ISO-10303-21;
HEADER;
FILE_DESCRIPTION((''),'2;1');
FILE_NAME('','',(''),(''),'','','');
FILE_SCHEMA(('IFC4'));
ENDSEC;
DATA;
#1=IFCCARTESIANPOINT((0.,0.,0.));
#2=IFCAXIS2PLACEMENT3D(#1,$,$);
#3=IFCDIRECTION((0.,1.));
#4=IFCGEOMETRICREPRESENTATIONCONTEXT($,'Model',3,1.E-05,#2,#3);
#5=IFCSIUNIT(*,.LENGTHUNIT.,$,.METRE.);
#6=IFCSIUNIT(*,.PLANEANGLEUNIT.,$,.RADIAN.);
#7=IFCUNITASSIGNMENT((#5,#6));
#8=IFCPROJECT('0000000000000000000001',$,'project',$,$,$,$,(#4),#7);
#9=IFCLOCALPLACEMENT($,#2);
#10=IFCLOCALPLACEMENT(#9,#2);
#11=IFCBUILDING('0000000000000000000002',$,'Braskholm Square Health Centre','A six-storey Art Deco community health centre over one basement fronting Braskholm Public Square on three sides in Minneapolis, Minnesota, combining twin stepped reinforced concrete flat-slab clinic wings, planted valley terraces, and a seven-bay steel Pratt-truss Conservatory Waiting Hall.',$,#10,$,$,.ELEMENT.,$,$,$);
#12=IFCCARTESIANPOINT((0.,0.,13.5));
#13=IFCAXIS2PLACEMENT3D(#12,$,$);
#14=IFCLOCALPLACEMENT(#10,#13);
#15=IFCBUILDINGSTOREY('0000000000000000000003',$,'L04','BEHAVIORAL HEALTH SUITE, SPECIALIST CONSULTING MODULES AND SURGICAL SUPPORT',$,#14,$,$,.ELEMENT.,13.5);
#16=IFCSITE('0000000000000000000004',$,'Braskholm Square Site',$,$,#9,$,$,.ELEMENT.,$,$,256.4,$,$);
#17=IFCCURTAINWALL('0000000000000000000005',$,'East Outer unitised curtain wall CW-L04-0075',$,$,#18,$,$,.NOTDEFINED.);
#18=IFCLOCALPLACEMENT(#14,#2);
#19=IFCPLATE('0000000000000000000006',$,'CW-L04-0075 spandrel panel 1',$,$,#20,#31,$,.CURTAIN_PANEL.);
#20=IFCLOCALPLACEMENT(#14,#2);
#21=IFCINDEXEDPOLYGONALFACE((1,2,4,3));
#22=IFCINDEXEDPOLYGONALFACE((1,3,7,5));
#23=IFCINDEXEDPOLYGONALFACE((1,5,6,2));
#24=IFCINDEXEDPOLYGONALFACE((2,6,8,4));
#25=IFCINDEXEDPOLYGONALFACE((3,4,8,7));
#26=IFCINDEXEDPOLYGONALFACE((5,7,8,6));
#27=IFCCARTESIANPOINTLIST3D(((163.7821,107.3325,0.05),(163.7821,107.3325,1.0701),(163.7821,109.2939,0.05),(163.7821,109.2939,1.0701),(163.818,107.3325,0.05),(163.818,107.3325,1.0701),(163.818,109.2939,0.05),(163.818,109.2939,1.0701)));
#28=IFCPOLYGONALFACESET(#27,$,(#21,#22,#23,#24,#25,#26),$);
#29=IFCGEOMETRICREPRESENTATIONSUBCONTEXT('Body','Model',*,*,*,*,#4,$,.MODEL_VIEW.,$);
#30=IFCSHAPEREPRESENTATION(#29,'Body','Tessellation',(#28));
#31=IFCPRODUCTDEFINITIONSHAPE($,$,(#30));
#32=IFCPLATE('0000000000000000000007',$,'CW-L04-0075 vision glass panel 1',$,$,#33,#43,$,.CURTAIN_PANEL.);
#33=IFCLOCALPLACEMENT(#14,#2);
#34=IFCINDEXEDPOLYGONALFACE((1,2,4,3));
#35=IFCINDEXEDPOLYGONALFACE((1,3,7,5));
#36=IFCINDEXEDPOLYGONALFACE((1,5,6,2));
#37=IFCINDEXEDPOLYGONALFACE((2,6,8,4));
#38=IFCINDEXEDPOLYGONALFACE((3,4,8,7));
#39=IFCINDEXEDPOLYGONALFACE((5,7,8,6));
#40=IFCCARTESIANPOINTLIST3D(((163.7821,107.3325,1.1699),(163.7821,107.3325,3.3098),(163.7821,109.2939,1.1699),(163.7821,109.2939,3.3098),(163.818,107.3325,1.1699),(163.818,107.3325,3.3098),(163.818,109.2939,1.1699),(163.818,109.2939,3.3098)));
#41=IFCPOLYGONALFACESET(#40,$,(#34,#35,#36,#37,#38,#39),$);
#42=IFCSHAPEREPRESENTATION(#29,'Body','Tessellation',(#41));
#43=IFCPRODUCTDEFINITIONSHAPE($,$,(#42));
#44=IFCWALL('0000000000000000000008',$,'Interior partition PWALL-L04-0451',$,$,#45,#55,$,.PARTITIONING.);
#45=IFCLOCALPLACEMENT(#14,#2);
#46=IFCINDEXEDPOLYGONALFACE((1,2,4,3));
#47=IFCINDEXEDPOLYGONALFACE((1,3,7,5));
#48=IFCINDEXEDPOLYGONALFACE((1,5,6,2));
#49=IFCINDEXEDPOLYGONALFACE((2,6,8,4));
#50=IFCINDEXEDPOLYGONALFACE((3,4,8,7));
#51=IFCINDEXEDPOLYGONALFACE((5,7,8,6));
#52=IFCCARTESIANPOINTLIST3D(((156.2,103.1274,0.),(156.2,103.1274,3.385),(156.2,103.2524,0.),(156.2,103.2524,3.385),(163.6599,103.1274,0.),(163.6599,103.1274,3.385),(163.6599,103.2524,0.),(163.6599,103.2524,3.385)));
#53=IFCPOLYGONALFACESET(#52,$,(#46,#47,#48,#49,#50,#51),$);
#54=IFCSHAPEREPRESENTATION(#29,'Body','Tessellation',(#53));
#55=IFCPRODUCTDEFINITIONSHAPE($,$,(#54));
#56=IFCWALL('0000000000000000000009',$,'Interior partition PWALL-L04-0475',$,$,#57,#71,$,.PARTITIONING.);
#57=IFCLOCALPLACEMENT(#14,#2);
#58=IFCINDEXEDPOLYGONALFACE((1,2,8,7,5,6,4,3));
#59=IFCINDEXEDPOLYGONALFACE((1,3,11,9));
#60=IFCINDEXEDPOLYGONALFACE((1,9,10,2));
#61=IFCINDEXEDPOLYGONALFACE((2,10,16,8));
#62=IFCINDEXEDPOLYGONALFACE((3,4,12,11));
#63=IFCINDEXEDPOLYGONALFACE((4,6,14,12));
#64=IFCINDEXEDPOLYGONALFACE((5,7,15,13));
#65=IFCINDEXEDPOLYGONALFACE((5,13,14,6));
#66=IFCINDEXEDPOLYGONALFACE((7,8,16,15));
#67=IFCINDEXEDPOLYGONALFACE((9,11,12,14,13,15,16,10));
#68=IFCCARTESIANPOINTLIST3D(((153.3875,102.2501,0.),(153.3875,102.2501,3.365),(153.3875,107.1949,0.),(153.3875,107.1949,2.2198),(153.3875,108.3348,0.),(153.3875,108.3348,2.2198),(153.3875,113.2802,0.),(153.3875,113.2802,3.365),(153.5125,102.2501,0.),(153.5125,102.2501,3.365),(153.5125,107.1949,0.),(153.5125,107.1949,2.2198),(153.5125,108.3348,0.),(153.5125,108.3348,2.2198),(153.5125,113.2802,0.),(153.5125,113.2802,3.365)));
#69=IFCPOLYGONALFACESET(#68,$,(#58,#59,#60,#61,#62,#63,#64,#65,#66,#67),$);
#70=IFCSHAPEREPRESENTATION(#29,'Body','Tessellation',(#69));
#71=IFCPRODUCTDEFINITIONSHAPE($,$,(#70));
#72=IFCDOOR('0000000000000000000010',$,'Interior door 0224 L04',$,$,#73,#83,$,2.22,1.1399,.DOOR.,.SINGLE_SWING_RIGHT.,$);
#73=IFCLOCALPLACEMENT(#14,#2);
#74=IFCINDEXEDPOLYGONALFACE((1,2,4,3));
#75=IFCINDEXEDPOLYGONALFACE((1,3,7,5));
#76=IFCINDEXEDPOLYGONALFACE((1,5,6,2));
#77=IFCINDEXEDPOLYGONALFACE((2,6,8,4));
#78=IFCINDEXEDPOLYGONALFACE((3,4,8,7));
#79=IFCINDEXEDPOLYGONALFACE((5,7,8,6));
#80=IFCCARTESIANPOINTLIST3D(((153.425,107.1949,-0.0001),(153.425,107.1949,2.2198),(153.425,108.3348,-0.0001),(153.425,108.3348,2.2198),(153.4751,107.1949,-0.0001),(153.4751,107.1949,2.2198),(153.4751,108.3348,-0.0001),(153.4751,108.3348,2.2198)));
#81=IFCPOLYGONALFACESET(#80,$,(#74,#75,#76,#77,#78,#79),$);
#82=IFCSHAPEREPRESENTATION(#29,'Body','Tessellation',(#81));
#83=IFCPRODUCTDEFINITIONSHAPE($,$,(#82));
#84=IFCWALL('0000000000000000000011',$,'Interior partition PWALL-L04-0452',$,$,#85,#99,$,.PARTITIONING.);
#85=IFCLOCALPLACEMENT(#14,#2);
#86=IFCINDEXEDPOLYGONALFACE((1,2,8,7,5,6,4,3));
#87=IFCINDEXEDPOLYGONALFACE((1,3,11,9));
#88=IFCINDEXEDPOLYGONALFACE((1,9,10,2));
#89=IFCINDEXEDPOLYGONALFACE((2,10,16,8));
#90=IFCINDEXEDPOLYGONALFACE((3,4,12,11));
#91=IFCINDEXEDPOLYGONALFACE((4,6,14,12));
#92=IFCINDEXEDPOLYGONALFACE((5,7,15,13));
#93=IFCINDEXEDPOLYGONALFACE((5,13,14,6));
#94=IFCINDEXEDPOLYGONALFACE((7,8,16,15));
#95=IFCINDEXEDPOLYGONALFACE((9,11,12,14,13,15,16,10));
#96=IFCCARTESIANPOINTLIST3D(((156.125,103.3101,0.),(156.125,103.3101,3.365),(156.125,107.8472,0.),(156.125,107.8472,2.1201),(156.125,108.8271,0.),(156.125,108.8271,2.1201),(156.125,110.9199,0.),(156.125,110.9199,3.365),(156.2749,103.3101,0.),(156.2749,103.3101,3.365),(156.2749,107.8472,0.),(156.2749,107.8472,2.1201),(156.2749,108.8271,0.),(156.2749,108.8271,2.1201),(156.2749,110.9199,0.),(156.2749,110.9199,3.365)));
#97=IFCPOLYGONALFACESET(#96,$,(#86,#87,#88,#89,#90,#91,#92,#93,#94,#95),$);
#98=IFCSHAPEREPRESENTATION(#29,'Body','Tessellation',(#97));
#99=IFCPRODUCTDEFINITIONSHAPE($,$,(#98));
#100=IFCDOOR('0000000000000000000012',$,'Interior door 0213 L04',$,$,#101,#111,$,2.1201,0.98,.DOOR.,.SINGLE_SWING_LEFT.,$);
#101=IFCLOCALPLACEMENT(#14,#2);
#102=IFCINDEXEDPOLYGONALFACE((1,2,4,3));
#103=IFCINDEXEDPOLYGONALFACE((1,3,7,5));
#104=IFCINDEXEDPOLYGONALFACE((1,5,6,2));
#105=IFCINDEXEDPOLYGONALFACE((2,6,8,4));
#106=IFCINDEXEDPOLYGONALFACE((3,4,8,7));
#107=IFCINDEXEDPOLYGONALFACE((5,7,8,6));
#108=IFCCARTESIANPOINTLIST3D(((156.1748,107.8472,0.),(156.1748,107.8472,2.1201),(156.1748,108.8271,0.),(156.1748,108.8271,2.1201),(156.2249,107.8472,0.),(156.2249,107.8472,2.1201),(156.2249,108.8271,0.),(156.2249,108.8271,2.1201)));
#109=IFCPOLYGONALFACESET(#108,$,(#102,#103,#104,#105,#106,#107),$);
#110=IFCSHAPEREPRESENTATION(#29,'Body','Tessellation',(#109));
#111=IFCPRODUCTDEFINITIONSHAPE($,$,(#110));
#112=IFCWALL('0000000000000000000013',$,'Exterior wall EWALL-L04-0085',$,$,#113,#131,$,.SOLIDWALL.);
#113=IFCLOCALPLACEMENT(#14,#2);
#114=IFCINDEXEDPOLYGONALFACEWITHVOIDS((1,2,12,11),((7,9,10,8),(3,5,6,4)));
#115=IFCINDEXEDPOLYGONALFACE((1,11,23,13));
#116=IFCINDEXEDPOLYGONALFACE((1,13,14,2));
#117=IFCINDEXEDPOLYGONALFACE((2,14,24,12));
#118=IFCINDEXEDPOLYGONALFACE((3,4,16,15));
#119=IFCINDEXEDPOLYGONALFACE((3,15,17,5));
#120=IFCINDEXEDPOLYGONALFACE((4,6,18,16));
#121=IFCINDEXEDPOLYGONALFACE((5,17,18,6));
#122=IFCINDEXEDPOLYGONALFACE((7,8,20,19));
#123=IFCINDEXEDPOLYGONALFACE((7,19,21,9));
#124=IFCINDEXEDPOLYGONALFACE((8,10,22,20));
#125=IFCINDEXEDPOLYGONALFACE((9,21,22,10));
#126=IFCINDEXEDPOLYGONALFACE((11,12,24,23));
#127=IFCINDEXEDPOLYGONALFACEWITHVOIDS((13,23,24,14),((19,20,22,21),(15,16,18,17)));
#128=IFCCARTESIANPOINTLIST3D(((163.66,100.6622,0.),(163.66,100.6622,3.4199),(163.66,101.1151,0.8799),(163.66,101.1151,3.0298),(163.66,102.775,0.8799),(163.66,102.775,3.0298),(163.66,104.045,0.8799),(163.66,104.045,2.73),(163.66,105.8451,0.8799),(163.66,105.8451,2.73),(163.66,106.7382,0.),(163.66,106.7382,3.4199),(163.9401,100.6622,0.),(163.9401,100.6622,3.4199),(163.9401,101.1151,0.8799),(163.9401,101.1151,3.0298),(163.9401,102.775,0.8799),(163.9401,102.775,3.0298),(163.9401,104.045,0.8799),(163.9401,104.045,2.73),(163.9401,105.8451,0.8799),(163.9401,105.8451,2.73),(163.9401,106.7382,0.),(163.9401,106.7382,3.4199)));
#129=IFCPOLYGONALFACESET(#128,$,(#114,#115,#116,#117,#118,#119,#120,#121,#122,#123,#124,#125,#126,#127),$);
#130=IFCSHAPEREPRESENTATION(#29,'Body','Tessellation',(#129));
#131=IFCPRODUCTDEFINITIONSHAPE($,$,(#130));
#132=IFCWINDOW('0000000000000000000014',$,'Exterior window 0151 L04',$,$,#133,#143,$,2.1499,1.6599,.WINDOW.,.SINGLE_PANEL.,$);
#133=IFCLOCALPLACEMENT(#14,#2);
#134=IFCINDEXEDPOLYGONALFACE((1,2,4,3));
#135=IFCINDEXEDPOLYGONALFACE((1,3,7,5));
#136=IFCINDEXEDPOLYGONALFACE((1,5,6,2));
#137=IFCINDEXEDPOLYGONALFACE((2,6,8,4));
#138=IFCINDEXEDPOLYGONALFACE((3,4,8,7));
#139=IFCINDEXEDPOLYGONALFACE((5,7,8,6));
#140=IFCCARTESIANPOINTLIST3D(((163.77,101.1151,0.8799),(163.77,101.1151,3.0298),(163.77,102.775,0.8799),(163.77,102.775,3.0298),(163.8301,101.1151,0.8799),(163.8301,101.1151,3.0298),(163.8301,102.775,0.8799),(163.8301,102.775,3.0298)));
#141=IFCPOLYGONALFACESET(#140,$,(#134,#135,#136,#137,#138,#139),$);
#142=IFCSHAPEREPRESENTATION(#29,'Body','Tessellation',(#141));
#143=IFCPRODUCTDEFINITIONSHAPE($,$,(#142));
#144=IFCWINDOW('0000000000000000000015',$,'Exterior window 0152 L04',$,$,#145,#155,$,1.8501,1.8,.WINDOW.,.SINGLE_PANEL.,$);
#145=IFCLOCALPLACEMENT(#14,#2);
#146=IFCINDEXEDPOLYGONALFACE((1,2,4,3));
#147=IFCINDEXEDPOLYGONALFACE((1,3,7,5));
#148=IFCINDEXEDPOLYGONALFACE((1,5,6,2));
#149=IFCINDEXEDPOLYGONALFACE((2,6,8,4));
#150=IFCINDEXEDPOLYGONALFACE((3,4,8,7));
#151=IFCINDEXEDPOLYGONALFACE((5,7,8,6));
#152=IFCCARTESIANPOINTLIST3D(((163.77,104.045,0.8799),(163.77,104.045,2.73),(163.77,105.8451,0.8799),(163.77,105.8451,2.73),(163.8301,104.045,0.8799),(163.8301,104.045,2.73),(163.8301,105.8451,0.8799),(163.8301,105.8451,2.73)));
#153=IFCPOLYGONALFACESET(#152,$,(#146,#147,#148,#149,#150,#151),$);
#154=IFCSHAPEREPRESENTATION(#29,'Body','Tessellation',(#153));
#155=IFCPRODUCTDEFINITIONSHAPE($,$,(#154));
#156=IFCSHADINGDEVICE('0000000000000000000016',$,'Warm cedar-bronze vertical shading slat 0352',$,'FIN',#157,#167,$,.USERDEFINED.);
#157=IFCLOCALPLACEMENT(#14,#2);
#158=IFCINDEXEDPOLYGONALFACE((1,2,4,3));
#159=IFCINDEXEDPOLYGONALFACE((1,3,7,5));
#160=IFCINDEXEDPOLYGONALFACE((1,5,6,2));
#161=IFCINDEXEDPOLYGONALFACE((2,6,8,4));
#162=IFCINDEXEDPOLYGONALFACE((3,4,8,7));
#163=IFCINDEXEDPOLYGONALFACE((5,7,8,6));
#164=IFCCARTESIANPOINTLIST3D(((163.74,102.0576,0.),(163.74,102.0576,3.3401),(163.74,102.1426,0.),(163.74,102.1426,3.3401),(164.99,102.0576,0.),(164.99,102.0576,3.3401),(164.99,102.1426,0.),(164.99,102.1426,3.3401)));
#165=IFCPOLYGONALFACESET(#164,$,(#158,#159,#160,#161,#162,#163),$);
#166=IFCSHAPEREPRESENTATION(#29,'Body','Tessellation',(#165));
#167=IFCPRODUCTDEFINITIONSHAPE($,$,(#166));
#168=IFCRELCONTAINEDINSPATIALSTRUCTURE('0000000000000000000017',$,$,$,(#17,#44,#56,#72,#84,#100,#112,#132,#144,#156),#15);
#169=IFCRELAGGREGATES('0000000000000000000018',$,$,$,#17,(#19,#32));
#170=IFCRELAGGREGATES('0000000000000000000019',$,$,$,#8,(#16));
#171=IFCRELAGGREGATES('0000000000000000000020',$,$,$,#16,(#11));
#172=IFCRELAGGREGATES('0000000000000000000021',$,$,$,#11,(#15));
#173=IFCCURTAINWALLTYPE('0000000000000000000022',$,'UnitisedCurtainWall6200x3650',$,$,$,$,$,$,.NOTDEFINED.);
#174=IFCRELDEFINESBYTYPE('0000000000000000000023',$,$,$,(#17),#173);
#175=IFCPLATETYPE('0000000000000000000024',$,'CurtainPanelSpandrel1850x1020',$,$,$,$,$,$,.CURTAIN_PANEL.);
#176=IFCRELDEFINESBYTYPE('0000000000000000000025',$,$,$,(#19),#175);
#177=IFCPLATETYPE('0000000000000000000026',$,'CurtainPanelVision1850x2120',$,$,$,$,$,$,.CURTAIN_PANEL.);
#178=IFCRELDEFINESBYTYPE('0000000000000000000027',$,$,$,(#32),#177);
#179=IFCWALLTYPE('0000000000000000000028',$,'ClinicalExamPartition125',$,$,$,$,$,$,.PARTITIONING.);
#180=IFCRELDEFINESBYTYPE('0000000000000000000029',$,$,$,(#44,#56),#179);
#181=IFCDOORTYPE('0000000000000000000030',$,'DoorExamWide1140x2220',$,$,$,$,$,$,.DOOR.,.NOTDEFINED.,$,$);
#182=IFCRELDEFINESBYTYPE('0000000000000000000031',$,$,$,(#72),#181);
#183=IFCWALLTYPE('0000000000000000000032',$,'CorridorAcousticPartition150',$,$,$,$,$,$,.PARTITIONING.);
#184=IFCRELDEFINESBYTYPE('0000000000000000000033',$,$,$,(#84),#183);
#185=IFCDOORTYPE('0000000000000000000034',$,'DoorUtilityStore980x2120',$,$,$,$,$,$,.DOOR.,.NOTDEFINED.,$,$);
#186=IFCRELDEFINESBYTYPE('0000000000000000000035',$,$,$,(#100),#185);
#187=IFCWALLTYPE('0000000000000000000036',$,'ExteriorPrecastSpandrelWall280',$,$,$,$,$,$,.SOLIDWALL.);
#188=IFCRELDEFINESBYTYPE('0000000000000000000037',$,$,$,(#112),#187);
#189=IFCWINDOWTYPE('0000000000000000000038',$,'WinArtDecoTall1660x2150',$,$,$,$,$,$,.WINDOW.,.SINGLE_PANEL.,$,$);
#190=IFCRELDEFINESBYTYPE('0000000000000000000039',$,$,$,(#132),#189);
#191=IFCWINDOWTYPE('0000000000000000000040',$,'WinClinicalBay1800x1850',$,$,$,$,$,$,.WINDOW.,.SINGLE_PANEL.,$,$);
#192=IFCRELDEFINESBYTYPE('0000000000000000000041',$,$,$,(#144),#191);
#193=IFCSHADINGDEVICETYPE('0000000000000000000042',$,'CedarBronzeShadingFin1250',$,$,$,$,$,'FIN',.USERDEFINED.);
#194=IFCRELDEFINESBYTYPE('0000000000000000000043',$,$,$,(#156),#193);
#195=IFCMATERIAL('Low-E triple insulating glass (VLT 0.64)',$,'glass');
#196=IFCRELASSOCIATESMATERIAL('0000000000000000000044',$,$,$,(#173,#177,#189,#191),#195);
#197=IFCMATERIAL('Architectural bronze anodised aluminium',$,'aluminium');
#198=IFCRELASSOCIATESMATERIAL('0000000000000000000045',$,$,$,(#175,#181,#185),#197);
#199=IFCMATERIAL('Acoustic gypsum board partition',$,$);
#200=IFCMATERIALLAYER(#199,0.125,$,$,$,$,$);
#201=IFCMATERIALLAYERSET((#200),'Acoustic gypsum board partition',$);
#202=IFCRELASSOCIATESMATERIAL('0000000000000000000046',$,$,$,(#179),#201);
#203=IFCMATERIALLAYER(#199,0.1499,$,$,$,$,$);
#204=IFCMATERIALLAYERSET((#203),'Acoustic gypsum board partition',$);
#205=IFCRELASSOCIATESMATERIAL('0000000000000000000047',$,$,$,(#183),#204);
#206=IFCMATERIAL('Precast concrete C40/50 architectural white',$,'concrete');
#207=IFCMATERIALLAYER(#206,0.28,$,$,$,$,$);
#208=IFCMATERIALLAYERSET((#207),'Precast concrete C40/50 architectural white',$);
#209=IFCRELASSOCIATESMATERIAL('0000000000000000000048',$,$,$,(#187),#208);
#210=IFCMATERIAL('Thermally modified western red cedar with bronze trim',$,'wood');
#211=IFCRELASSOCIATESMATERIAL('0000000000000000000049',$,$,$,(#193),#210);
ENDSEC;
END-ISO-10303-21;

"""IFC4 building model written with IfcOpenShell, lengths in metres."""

from ifc_helpers import new_model, si_unit, direction, frame, frame_2d, origin, origin_with_axes, origin_2d, place, context, subcontext, project, spatial, rectangle, extrude, material, layer, layer_set, type_object, element, fill, aggregate, save


model = new_model("IFC4")

# Units and contexts
model_context = context("Model", 3, precision=1e-05, world=origin(), true_north=direction((0.0, 1.0)))
body_context = subcontext(model_context, "Body", "Model", "MODEL_VIEW")
ifc_project = project(units=[si_unit("LENGTHUNIT", "METRE"), si_unit("PLANEANGLEUNIT", "RADIAN")], contexts=[model_context])

# Site, building, storey
site_placement = place(None, origin())
site = spatial("IfcSite", under=ifc_project, at=site_placement, Name="Braskholm Square Site", CompositionType="ELEMENT", RefElevation=256.4)
building_placement = place(site_placement, origin())
building = spatial("IfcBuilding", under=site, at=building_placement, Name="Braskholm Square Health Centre", Description="A six-storey Art Deco community health centre over one basement fronting Braskholm Public Square on three sides in Minneapolis, Minnesota, combining twin stepped reinforced concrete flat-slab clinic wings, planted valley terraces, and a seven-bay steel Pratt-truss Conservatory Waiting Hall.", CompositionType="ELEMENT")
storey_placement = place(building_placement, frame((0.0, 0.0, 13.5)))
storey = spatial("IfcBuildingStorey", under=building, at=storey_placement, Name="L04", Description="BEHAVIORAL HEALTH SUITE, SPECIALIST CONSULTING MODULES AND SURGICAL SUPPORT", CompositionType="ELEMENT", Elevation=13.5)

# Shared definitions
ifc_material_1 = material(Name="Precast concrete C40/50 architectural white", Category="concrete")

# Shared definitions
ifc_material_2 = material(Name="Low-E triple insulating glass (VLT 0.64)", Category="glass")
curtain_wall_type = type_object("IfcCurtainWallType", Name="UnitisedCurtainWall6200x3650", PredefinedType="NOTDEFINED", material=ifc_material_2)
ifc_material_3 = material(Name="Architectural bronze anodised aluminium", Category="aluminium")

# Curtain wall
curtain_wall_1_placement = place(storey_placement, origin())
curtain_wall_1 = element("IfcCurtainWall", 1, at=curtain_wall_1_placement, inside=storey, type_object=curtain_wall_type, Name="East Outer unitised curtain wall CW-L04-0075", PredefinedType="NOTDEFINED")

# Plates
plate_type_1 = type_object("IfcPlateType", Name="CurtainPanelSpandrel1850x1020", PredefinedType="CURTAIN_PANEL", material=ifc_material_3)
plate_1_placement = place(storey_placement, frame((163.8, 108.3132, 0.05), z_axis=(0.0, 0.0, 1.0), x_axis=(0.0, 1.0, 0.0)))
plate_1 = element("IfcPlate", 2, at=plate_1_placement, type_object=plate_type_1, Name="CW-L04-0075 spandrel panel 1", PredefinedType="CURTAIN_PANEL", context=body_context, shape_type="SweptSolid", body=[
    extrude(rectangle(XDim=1.9614, YDim=0.0359, at=origin_2d()), origin(), (0.0, 0.0, 1.0), 1.02),
])
plate_type_2 = type_object("IfcPlateType", Name="CurtainPanelVision1850x2120", PredefinedType="CURTAIN_PANEL", material=ifc_material_2)
plate_2_placement = place(storey_placement, frame((163.8, 108.3132, 1.1699), z_axis=(0.0, 0.0, 1.0), x_axis=(0.0, 1.0, 0.0)))
plate_2 = element("IfcPlate", 3, at=plate_2_placement, type_object=plate_type_2, Name="CW-L04-0075 vision glass panel 1", PredefinedType="CURTAIN_PANEL", context=body_context, shape_type="SweptSolid", body=[
    extrude(rectangle(XDim=1.9614, YDim=0.0359, at=origin_2d()), origin(), (0.0, 0.0, 1.0), 2.1399),
])
aggregate(curtain_wall_1, [plate_1, plate_2])

# Wall
ifc_material_4 = material(Name="Acoustic gypsum board partition")
ifc_layer_1 = layer(ifc_material_4, 0.125)
ifc_layer_set_1 = layer_set([ifc_layer_1], Name="Acoustic gypsum board partition")
wall_type_1 = type_object("IfcWallType", Name="ClinicalExamPartition125", PredefinedType="PARTITIONING", material=ifc_layer_set_1)
wall_1_placement = place(storey_placement, frame((156.2, 103.1899, 0.0), z_axis=(0.0, 0.0, 1.0), x_axis=(1.0, 0.0, 0.0)))
element("IfcWall", 4, at=wall_1_placement, inside=storey, type_object=wall_type_1, Name="Interior partition PWALL-L04-0451", PredefinedType="PARTITIONING", context=body_context, shape_type="SweptSolid", body=[
    extrude(rectangle(XDim=7.46, YDim=0.125, at=frame_2d((3.73, 0.0))), origin(), (0.0, 0.0, 1.0), 3.385),
])

# Walls, openings, doors
wall_2_placement = place(storey_placement, frame((153.45, 102.25, 0.0), z_axis=(0.0, 0.0, 1.0), x_axis=(0.0, 1.0, 0.0)))
wall_2 = element("IfcWall", 5, at=wall_2_placement, inside=storey, type_object=wall_type_1, Name="Interior partition PWALL-L04-0475", PredefinedType="PARTITIONING", context=body_context, shape_type="SweptSolid", body=[
    extrude(rectangle(XDim=11.03, YDim=0.125, at=frame_2d((5.5151, 0.0))), origin(), (0.0, 0.0, 1.0), 3.365),
])
opening_1_placement = place(wall_2_placement, frame((4.9451, 0.0, 0.0)))
opening_1 = element("IfcOpeningElement", 6, at=opening_1_placement, cuts=wall_2, PredefinedType="OPENING", context=body_context, shape_type="SweptSolid", body=[
    extrude(rectangle(XDim=1.1399, YDim=2.22, at=frame_2d((0.5698, 1.1099))), frame((0.0, 0.0725, 0.0), z_axis=(0.0, -1.0, 0.0), x_axis=(1.0, 0.0, 0.0)), (0.0, 0.0, 1.0), 0.145),
])
door_type_1 = type_object("IfcDoorType", Name="DoorExamWide1140x2220", OperationType="NOTDEFINED", PredefinedType="DOOR", material=ifc_material_3)
door_1_placement = place(opening_1_placement, origin_with_axes())
door_1 = element("IfcDoor", 7, at=door_1_placement, inside=storey, type_object=door_type_1, Name="Interior door 0224 L04", OperationType="SINGLE_SWING_RIGHT", OverallHeight=2.22, OverallWidth=1.1399, PredefinedType="DOOR", context=body_context, shape_type="SweptSolid", body=[
    extrude(rectangle(XDim=1.1399, YDim=2.22, at=frame_2d((0.5698, 1.1099))), frame((0.0, 0.0249, 0.0), z_axis=(0.0, -1.0, 0.0), x_axis=(1.0, 0.0, 0.0)), (0.0, 0.0, 1.0), 0.05),
])
fill(opening_1, door_1)
ifc_layer_2 = layer(ifc_material_4, 0.1499)
ifc_layer_set_2 = layer_set([ifc_layer_2], Name="Acoustic gypsum board partition")
wall_type_2 = type_object("IfcWallType", Name="CorridorAcousticPartition150", PredefinedType="PARTITIONING", material=ifc_layer_set_2)
wall_3_placement = place(storey_placement, frame((156.2, 103.3101, 0.0), z_axis=(0.0, 0.0, 1.0), x_axis=(0.0, 1.0, 0.0)))
wall_3 = element("IfcWall", 8, at=wall_3_placement, inside=storey, type_object=wall_type_2, Name="Interior partition PWALL-L04-0452", PredefinedType="PARTITIONING", context=body_context, shape_type="SweptSolid", body=[
    extrude(rectangle(XDim=7.6099, YDim=0.1499, at=frame_2d((3.8049, 0.0))), origin(), (0.0, 0.0, 1.0), 3.365),
])
opening_2_placement = place(wall_3_placement, frame((4.5371, 0.0, 0.0)))
opening_2 = element("IfcOpeningElement", 9, at=opening_2_placement, cuts=wall_3, PredefinedType="OPENING", context=body_context, shape_type="SweptSolid", body=[
    extrude(rectangle(XDim=0.98, YDim=2.1201, at=frame_2d((0.49, 1.0601))), frame((0.0, 0.085, 0.0), z_axis=(0.0, -1.0, 0.0), x_axis=(1.0, 0.0, 0.0)), (0.0, 0.0, 1.0), 0.1699),
])
door_type_2 = type_object("IfcDoorType", Name="DoorUtilityStore980x2120", OperationType="NOTDEFINED", PredefinedType="DOOR", material=ifc_material_3)
door_2_placement = place(opening_2_placement, frame((0.98, 0.0, 0.0), z_axis=(0.0, 0.0, 1.0), x_axis=(-1.0, 0.0, 0.0)))
door_2 = element("IfcDoor", 10, at=door_2_placement, inside=storey, type_object=door_type_2, Name="Interior door 0213 L04", OperationType="SINGLE_SWING_LEFT", OverallHeight=2.1201, OverallWidth=0.98, PredefinedType="DOOR", context=body_context, shape_type="SweptSolid", body=[
    extrude(rectangle(XDim=0.98, YDim=2.1201, at=frame_2d((0.49, 1.0601))), frame((0.0, 0.0249, 0.0), z_axis=(0.0, -1.0, 0.0), x_axis=(1.0, 0.0, 0.0)), (0.0, 0.0, 1.0), 0.05),
])
fill(opening_2, door_2)

# Wall, openings, windows
ifc_layer_3 = layer(ifc_material_1, 0.28)
ifc_layer_set_3 = layer_set([ifc_layer_3], Name="Precast concrete C40/50 architectural white")
wall_type_3 = type_object("IfcWallType", Name="ExteriorPrecastSpandrelWall280", PredefinedType="SOLIDWALL", material=ifc_layer_set_3)
wall_4_placement = place(storey_placement, frame((163.8, 100.6621, 0.0), z_axis=(0.0, 0.0, 1.0), x_axis=(0.0, 1.0, 0.0)))
wall_4 = element("IfcWall", 11, at=wall_4_placement, inside=storey, type_object=wall_type_3, Name="Exterior wall EWALL-L04-0085", PredefinedType="SOLIDWALL", context=body_context, shape_type="SweptSolid", body=[
    extrude(rectangle(XDim=6.0759, YDim=0.28, at=frame_2d((3.0381, 0.0))), origin(), (0.0, 0.0, 1.0), 3.4199),
])
opening_3_placement = place(wall_4_placement, frame((0.4529, 0.0, 0.8799)))
opening_3 = element("IfcOpeningElement", 12, at=opening_3_placement, cuts=wall_4, PredefinedType="OPENING", context=body_context, shape_type="SweptSolid", body=[
    extrude(rectangle(XDim=1.6599, YDim=2.1499, at=frame_2d((0.8301, 1.075))), frame((0.0, 0.1499, 0.0), z_axis=(0.0, -1.0, 0.0), x_axis=(1.0, 0.0, 0.0)), (0.0, 0.0, 1.0), 0.3),
])
opening_4_placement = place(wall_4_placement, frame((3.3831, 0.0, 0.8799)))
opening_4 = element("IfcOpeningElement", 13, at=opening_4_placement, cuts=wall_4, PredefinedType="OPENING", context=body_context, shape_type="SweptSolid", body=[
    extrude(rectangle(XDim=1.8, YDim=1.8501, at=frame_2d((0.8999, 0.925))), frame((0.0, 0.1499, 0.0), z_axis=(0.0, -1.0, 0.0), x_axis=(1.0, 0.0, 0.0)), (0.0, 0.0, 1.0), 0.3),
])
window_type_1 = type_object("IfcWindowType", Name="WinArtDecoTall1660x2150", PartitioningType="SINGLE_PANEL", PredefinedType="WINDOW", material=ifc_material_2)
window_1_placement = place(opening_3_placement, origin_with_axes())
window_1 = element("IfcWindow", 14, at=window_1_placement, inside=storey, type_object=window_type_1, Name="Exterior window 0151 L04", OverallHeight=2.1499, OverallWidth=1.6599, PartitioningType="SINGLE_PANEL", PredefinedType="WINDOW", context=body_context, shape_type="SweptSolid", body=[
    extrude(rectangle(XDim=1.6599, YDim=2.1499, at=frame_2d((0.8301, 1.075))), frame((0.0, 0.03, 0.0), z_axis=(0.0, -1.0, 0.0), x_axis=(1.0, 0.0, 0.0)), (0.0, 0.0, 1.0), 0.0601),
])
fill(opening_3, window_1)
window_type_2 = type_object("IfcWindowType", Name="WinClinicalBay1800x1850", PartitioningType="SINGLE_PANEL", PredefinedType="WINDOW", material=ifc_material_2)
window_2_placement = place(opening_4_placement, origin_with_axes())
window_2 = element("IfcWindow", 15, at=window_2_placement, inside=storey, type_object=window_type_2, Name="Exterior window 0152 L04", OverallHeight=1.8501, OverallWidth=1.8, PartitioningType="SINGLE_PANEL", PredefinedType="WINDOW", context=body_context, shape_type="SweptSolid", body=[
    extrude(rectangle(XDim=1.8, YDim=1.8501, at=frame_2d((0.8999, 0.925))), frame((0.0, 0.03, 0.0), z_axis=(0.0, -1.0, 0.0), x_axis=(1.0, 0.0, 0.0)), (0.0, 0.0, 1.0), 0.0601),
])
fill(opening_4, window_2)

# Shading device
ifc_material_5 = material(Name="Thermally modified western red cedar with bronze trim", Category="wood")
shading_device_type = type_object("IfcShadingDeviceType", Name="CedarBronzeShadingFin1250", ElementType="FIN", PredefinedType="USERDEFINED", material=ifc_material_5)
for number, where, z_axis, x_axis, name in (
    (16, (164.365, 102.1001, 0.0), (0.0, 0.0, 1.0), (1.0, 0.0, 0.0), "Warm cedar-bronze vertical shading slat 0352"),
):
    element("IfcShadingDevice", number, at=place(storey_placement, frame(where, z_axis=z_axis, x_axis=x_axis)), inside=storey, type_object=shading_device_type, Name=name, ObjectType="FIN", PredefinedType="USERDEFINED", context=body_context, shape_type="SweptSolid", body=[
        extrude(rectangle(XDim=1.25, YDim=0.085, at=origin_2d()), origin(), (0.0, 0.0, 1.0), 3.3401),
    ])

save(model, "model.ifc")
